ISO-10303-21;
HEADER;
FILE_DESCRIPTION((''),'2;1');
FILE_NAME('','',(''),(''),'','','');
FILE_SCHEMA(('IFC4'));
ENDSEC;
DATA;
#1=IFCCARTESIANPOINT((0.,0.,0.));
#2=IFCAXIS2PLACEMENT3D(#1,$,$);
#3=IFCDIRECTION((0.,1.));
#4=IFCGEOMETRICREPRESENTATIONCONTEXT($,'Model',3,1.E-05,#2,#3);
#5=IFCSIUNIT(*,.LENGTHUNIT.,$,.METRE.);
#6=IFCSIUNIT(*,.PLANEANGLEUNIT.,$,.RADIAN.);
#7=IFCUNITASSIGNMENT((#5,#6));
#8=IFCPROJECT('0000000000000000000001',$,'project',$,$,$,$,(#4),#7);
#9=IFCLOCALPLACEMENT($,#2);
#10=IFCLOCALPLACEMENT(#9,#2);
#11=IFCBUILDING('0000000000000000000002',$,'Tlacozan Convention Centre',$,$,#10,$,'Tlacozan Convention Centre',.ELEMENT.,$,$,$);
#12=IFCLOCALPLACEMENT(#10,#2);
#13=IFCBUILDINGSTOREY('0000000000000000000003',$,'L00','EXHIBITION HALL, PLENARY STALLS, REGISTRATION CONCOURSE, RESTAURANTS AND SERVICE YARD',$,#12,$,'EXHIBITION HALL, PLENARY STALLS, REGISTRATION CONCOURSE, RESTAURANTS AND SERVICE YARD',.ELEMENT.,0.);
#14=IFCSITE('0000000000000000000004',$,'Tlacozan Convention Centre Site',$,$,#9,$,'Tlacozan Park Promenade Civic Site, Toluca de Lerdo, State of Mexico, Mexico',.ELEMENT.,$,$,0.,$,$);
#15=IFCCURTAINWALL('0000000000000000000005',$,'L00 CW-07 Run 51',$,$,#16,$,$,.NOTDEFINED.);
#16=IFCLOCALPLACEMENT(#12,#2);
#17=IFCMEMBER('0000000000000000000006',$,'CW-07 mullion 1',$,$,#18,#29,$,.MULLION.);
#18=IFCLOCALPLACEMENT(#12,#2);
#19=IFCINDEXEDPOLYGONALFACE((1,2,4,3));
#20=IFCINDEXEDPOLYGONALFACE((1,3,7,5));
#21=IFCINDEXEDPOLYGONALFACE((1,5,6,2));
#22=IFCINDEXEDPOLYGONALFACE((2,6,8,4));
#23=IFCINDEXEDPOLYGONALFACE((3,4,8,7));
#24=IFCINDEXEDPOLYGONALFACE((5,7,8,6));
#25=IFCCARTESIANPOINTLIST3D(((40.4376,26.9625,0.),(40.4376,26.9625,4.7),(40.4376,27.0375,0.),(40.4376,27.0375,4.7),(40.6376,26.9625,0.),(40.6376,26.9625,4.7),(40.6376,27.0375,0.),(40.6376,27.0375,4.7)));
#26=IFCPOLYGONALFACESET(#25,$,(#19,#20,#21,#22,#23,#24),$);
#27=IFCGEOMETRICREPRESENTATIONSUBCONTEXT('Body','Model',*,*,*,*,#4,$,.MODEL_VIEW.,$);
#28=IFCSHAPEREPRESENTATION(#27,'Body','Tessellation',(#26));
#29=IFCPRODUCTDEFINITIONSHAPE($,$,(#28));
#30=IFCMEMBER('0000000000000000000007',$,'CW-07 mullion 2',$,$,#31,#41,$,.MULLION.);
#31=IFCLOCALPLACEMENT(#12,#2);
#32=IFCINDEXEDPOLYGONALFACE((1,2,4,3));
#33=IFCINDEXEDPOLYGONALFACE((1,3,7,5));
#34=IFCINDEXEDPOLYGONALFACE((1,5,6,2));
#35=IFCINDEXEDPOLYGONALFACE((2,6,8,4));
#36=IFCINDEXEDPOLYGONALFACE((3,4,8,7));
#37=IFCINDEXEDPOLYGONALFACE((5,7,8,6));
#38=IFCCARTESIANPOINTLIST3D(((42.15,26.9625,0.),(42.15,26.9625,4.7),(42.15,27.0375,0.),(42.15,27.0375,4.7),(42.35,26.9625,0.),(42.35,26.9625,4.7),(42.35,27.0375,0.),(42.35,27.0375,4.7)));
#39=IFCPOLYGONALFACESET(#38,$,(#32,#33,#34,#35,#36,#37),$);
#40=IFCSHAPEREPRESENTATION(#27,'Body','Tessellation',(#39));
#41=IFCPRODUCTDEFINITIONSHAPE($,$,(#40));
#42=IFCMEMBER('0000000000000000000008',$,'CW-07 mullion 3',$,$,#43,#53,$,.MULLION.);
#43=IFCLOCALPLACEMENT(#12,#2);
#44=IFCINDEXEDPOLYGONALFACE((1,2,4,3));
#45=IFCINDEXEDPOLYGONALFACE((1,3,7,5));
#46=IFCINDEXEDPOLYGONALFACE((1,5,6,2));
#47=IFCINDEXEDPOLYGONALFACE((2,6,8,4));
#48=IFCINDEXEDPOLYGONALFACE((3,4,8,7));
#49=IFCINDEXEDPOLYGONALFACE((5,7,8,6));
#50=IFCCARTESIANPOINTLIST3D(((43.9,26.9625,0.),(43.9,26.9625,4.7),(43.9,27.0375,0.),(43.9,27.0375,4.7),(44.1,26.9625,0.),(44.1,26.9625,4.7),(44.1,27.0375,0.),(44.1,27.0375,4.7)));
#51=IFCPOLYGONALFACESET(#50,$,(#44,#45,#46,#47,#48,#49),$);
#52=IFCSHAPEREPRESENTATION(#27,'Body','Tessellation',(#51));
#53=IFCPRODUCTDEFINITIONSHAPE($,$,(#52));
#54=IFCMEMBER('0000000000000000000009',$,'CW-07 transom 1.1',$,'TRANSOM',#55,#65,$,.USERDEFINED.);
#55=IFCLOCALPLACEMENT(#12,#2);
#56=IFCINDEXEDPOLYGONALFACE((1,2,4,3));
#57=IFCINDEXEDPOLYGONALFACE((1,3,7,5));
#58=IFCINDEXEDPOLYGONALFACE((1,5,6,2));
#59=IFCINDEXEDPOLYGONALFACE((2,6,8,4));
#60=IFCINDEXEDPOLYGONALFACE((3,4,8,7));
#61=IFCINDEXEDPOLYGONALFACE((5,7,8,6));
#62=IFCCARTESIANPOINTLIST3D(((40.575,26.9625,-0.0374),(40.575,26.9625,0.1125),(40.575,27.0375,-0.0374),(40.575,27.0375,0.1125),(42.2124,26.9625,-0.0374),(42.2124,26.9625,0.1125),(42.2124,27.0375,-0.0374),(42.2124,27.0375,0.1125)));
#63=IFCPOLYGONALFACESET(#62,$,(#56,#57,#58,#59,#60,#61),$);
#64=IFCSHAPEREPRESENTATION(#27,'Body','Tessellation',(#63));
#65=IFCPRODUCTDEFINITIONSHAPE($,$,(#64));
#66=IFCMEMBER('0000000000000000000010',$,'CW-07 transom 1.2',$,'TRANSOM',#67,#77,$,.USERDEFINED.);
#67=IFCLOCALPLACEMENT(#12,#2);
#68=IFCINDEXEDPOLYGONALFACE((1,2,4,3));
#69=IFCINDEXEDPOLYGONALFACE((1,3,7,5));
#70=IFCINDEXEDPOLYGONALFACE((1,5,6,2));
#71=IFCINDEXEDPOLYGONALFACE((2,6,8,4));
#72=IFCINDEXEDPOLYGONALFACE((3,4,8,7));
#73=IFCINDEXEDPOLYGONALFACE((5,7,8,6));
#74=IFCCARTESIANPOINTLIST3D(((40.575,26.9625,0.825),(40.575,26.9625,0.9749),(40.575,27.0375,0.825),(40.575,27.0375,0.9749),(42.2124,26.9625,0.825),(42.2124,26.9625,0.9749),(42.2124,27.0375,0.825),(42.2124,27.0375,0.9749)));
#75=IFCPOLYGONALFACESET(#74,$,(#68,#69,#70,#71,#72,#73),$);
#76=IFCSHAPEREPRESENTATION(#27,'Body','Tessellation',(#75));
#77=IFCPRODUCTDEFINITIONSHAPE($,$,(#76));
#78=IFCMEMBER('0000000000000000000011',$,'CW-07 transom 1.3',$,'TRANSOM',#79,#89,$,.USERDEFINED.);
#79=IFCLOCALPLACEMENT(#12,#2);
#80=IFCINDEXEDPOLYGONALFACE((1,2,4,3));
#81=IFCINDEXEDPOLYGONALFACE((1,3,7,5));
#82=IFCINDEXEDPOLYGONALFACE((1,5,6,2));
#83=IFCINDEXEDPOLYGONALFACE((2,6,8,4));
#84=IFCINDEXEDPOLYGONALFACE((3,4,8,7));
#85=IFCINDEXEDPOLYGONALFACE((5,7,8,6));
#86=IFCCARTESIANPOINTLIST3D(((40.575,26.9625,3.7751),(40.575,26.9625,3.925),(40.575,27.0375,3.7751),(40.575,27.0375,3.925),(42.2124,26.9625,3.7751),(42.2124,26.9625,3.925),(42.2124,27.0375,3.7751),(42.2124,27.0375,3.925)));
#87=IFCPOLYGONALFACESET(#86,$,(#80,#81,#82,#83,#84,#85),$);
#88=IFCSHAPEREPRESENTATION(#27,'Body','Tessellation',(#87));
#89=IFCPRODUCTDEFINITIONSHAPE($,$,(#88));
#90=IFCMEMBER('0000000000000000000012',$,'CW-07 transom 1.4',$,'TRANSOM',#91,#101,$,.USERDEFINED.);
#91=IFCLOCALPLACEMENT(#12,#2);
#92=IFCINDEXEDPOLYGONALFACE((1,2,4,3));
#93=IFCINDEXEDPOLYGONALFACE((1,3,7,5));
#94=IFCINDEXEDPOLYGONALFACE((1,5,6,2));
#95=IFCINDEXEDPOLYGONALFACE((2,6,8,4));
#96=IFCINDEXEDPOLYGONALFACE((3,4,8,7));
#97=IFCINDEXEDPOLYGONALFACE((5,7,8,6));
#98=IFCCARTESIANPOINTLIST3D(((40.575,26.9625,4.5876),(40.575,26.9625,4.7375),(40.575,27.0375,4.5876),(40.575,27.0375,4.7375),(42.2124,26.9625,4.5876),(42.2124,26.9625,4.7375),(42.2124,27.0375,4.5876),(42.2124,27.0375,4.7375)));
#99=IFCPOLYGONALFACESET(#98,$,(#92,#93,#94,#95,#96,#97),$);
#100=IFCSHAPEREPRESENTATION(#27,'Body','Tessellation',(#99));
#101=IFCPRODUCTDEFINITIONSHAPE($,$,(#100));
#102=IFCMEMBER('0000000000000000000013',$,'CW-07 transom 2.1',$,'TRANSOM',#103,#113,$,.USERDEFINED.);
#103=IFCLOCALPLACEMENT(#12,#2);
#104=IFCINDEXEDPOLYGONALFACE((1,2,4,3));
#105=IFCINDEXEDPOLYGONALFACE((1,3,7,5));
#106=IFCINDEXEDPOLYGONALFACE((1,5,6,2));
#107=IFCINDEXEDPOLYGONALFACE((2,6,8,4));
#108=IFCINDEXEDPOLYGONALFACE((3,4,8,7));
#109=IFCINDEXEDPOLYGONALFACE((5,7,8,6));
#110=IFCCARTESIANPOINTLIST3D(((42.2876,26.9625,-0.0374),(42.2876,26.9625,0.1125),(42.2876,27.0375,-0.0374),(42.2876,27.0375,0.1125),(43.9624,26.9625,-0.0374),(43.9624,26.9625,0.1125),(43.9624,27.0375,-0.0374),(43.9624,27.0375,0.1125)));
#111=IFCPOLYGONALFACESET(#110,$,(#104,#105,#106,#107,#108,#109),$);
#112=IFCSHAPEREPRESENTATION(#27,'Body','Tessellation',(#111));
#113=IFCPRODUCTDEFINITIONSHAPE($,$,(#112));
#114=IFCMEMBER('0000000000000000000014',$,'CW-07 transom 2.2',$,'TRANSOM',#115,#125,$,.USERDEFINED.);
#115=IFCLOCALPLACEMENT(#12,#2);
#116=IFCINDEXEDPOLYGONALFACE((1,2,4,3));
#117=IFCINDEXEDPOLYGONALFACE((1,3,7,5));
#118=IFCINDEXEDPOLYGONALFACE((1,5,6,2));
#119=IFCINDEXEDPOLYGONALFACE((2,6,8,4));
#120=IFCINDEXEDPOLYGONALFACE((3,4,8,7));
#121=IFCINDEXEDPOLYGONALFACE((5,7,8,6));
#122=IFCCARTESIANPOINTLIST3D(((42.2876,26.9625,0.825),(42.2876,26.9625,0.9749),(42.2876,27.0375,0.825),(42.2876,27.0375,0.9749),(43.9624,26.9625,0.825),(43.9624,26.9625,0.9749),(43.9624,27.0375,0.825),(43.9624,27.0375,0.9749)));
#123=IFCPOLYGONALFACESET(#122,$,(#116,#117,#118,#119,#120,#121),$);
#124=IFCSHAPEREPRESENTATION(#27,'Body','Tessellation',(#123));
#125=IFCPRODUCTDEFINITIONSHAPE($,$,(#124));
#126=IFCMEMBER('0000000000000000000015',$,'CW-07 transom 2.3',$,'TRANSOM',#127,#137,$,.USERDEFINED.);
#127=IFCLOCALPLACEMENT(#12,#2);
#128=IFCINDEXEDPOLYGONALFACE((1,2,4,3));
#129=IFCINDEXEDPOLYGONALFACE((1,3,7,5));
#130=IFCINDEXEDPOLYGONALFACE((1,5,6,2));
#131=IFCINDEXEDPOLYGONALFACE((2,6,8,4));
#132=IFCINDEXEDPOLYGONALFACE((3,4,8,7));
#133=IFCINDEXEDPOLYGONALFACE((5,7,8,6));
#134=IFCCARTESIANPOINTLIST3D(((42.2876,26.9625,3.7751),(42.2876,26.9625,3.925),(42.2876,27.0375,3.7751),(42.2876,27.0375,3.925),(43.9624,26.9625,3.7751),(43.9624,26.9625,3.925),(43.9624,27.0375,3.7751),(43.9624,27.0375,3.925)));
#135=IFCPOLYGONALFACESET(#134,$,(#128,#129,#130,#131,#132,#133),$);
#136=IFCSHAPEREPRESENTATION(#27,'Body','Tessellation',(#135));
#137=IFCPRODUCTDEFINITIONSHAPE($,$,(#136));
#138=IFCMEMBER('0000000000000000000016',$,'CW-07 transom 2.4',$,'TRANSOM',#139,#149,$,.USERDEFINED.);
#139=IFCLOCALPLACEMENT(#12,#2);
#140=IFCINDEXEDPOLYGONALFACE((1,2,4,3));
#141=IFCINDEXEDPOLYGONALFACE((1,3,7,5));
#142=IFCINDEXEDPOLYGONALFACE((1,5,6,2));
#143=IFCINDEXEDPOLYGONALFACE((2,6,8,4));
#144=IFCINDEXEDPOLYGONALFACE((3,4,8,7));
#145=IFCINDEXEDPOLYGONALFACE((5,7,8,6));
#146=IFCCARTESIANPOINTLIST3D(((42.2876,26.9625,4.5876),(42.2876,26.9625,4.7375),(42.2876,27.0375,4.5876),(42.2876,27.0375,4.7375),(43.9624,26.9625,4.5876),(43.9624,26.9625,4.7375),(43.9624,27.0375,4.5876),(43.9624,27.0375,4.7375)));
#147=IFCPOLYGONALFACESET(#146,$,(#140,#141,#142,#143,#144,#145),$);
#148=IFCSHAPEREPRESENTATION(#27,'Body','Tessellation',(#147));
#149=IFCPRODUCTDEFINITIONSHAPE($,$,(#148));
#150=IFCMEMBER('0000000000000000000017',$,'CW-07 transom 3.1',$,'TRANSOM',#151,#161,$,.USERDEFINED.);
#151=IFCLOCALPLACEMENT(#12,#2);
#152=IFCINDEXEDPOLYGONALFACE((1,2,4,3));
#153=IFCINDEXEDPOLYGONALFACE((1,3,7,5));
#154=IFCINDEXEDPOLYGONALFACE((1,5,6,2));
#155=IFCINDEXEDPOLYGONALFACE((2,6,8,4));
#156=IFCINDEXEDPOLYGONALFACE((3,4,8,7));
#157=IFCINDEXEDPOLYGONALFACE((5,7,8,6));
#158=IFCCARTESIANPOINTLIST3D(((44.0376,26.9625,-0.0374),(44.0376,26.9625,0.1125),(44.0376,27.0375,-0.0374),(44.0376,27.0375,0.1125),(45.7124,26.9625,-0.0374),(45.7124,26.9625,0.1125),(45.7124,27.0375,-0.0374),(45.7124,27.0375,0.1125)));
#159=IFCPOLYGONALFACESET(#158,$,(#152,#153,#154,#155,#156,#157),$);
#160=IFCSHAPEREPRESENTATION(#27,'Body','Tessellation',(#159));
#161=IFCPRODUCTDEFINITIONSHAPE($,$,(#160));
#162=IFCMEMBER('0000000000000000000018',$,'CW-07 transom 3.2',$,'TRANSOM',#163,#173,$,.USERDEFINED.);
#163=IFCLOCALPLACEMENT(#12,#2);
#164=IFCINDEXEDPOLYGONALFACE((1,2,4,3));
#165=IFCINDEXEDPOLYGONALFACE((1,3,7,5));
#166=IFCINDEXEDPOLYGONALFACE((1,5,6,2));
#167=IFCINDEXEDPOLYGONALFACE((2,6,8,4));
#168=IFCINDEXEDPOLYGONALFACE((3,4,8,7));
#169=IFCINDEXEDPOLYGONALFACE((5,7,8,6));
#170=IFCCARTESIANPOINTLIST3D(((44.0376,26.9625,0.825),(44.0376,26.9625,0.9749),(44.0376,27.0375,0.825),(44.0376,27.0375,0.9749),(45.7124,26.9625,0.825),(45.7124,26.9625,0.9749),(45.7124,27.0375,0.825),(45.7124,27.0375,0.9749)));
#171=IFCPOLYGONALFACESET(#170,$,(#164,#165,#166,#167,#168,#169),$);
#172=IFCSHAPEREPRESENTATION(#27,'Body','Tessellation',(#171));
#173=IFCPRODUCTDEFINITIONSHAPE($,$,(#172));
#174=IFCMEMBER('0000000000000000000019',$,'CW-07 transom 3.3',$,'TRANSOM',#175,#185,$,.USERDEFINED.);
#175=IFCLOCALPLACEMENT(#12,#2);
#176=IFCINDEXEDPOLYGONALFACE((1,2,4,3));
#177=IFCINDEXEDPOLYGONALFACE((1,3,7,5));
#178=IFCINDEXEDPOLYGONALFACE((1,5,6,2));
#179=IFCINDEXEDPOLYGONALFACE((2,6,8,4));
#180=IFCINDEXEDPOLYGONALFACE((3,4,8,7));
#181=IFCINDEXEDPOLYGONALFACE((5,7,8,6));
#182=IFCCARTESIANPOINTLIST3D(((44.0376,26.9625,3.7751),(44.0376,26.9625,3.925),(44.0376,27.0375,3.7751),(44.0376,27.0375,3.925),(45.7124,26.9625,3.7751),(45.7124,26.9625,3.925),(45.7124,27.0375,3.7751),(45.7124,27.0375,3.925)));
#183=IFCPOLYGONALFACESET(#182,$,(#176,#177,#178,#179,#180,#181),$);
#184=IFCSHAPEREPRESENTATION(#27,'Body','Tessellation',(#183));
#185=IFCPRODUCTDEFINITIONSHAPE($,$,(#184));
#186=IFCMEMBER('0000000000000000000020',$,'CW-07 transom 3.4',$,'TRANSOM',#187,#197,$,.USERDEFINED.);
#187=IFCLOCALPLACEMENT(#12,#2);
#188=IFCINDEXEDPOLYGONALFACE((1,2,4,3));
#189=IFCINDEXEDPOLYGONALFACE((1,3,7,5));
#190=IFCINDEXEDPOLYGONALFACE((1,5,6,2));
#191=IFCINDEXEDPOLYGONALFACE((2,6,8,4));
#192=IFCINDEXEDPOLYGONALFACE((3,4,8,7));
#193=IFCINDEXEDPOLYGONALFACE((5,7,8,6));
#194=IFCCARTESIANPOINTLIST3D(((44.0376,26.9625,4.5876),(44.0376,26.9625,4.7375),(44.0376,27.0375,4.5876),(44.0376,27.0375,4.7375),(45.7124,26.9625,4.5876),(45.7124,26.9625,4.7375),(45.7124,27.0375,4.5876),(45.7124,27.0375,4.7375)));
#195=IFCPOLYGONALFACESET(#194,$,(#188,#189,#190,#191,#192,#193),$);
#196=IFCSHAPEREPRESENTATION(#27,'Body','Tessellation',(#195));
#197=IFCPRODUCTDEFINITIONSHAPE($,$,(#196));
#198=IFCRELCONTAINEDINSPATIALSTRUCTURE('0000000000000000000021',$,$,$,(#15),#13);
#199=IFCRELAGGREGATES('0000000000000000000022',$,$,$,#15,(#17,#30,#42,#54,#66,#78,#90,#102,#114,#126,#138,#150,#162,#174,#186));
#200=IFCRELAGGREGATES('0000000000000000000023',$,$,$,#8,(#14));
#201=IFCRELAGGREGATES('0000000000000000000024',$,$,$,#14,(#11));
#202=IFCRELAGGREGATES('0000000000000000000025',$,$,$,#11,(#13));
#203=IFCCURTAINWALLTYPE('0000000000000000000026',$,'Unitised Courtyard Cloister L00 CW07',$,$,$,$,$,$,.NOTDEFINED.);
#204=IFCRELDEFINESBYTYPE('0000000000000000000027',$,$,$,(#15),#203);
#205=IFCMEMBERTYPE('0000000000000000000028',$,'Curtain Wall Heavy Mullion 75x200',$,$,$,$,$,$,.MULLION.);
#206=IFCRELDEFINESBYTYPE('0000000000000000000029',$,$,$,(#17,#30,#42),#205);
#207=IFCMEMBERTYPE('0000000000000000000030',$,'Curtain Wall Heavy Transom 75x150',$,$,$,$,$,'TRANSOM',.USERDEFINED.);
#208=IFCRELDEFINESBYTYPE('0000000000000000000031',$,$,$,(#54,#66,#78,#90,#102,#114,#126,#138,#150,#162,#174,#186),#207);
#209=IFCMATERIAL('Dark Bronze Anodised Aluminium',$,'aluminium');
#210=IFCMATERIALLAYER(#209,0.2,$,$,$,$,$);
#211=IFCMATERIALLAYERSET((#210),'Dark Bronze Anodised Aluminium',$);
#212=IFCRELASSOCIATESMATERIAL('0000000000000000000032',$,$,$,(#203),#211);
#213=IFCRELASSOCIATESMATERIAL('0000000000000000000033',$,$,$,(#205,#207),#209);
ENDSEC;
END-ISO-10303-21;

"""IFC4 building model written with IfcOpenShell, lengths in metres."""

from ifc_helpers import new_model, si_unit, direction, frame, origin, origin_2d, place, context, subcontext, project, spatial, rectangle, extrude, material, layer, layer_set, material_profile, profile_set, type_object, element, aggregate, save


model = new_model("IFC4")

# Units and contexts
model_context = context("Model", 3, precision=1e-05, world=origin(), true_north=direction((0.0, 1.0)))
body_context = subcontext(model_context, "Body", "Model", "MODEL_VIEW")
ifc_project = project(units=[si_unit("LENGTHUNIT", "METRE"), si_unit("PLANEANGLEUNIT", "RADIAN")], contexts=[model_context])

# Site, building, storey
site_placement = place(None, origin())
site = spatial("IfcSite", under=ifc_project, at=site_placement, Name="Tlacozan Convention Centre Site", LongName="Tlacozan Park Promenade Civic Site, Toluca de Lerdo, State of Mexico, Mexico", CompositionType="ELEMENT", RefElevation=0.0)
building_placement = place(site_placement, origin())
building = spatial("IfcBuilding", under=site, at=building_placement, Name="Tlacozan Convention Centre", LongName="Tlacozan Convention Centre", CompositionType="ELEMENT")
storey_placement = place(building_placement, origin())
storey = spatial("IfcBuildingStorey", under=building, at=storey_placement, Name="L00", Description="EXHIBITION HALL, PLENARY STALLS, REGISTRATION CONCOURSE, RESTAURANTS AND SERVICE YARD", LongName="EXHIBITION HALL, PLENARY STALLS, REGISTRATION CONCOURSE, RESTAURANTS AND SERVICE YARD", CompositionType="ELEMENT", Elevation=0.0)

# Curtain wall, members
ifc_material_1 = material(Name="Dark Bronze Anodised Aluminium", Category="aluminium")
ifc_layer_1 = layer(ifc_material_1, 0.2)
ifc_layer_set_1 = layer_set([ifc_layer_1], Name="Dark Bronze Anodised Aluminium")
curtain_wall_type = type_object("IfcCurtainWallType", Name="Unitised Courtyard Cloister L00 CW07", PredefinedType="NOTDEFINED", material=ifc_layer_set_1)
curtain_wall_placement = place(storey_placement, origin())
curtain_wall = element("IfcCurtainWall", 1, at=curtain_wall_placement, inside=storey, type_object=curtain_wall_type, Name="L00 CW-07 Run 51", PredefinedType="NOTDEFINED")
ifc_material_profile_1 = material_profile(ifc_material_1, rectangle(XDim=0.075, YDim=0.2, at=origin_2d()), Name="ALU 75x200")
ifc_profile_set_1 = profile_set([ifc_material_profile_1], Name="Dark Bronze Anodised Aluminium")
member_type_1 = type_object("IfcMemberType", Name="Curtain Wall Heavy Mullion 75x200", PredefinedType="MULLION", material=ifc_profile_set_1)
member_1_placement = place(storey_placement, frame((40.5376, 27.0, 0.0), z_axis=(0.0, 0.0, 1.0), x_axis=(0.0, 1.0, 0.0)))
member_1 = element("IfcMember", 2, at=member_1_placement, type_object=member_type_1, Name="CW-07 mullion 1", PredefinedType="MULLION", context=body_context, shape_type="SweptSolid", body=[
    extrude(rectangle(XDim=0.075, YDim=0.2, at=origin_2d()), origin(), (0.0, 0.0, 1.0), 4.7),
])
member_2_placement = place(storey_placement, frame((42.25, 27.0, 0.0), z_axis=(0.0, 0.0, 1.0), x_axis=(0.0, 1.0, 0.0)))
member_2 = element("IfcMember", 3, at=member_2_placement, type_object=member_type_1, Name="CW-07 mullion 2", PredefinedType="MULLION", context=body_context, shape_type="SweptSolid", body=[
    extrude(rectangle(XDim=0.075, YDim=0.2, at=origin_2d()), origin(), (0.0, 0.0, 1.0), 4.7),
])
member_3_placement = place(storey_placement, frame((44.0, 27.0, 0.0), z_axis=(0.0, 0.0, 1.0), x_axis=(0.0, 1.0, 0.0)))
member_3 = element("IfcMember", 4, at=member_3_placement, type_object=member_type_1, Name="CW-07 mullion 3", PredefinedType="MULLION", context=body_context, shape_type="SweptSolid", body=[
    extrude(rectangle(XDim=0.075, YDim=0.2, at=origin_2d()), origin(), (0.0, 0.0, 1.0), 4.7),
])
ifc_material_profile_2 = material_profile(ifc_material_1, rectangle(XDim=0.075, YDim=0.1499, at=origin_2d()), Name="ALU 75x150")
ifc_profile_set_2 = profile_set([ifc_material_profile_2], Name="Dark Bronze Anodised Aluminium")
member_type_2 = type_object("IfcMemberType", Name="Curtain Wall Heavy Transom 75x150", ElementType="TRANSOM", PredefinedType="USERDEFINED", material=ifc_profile_set_2)
member_4_placement = place(storey_placement, frame((40.575, 27.0, 0.0376), z_axis=(1.0, 0.0, 0.0), x_axis=(0.0, 1.0, 0.0)))
member_4 = element("IfcMember", 5, at=member_4_placement, type_object=member_type_2, Name="CW-07 transom 1.1", ObjectType="TRANSOM", PredefinedType="USERDEFINED", context=body_context, shape_type="SweptSolid", body=[
    extrude(rectangle(XDim=0.075, YDim=0.1499, at=origin_2d()), origin(), (0.0, 0.0, 1.0), 1.6375),
])
member_5_placement = place(storey_placement, frame((40.575, 27.0, 0.8999), z_axis=(1.0, 0.0, 0.0), x_axis=(0.0, 1.0, 0.0)))
member_5 = element("IfcMember", 6, at=member_5_placement, type_object=member_type_2, Name="CW-07 transom 1.2", ObjectType="TRANSOM", PredefinedType="USERDEFINED", context=body_context, shape_type="SweptSolid", body=[
    extrude(rectangle(XDim=0.075, YDim=0.1499, at=origin_2d()), origin(), (0.0, 0.0, 1.0), 1.6375),
])
member_6_placement = place(storey_placement, frame((40.575, 27.0, 3.8501), z_axis=(1.0, 0.0, 0.0), x_axis=(0.0, 1.0, 0.0)))
member_6 = element("IfcMember", 7, at=member_6_placement, type_object=member_type_2, Name="CW-07 transom 1.3", ObjectType="TRANSOM", PredefinedType="USERDEFINED", context=body_context, shape_type="SweptSolid", body=[
    extrude(rectangle(XDim=0.075, YDim=0.1499, at=origin_2d()), origin(), (0.0, 0.0, 1.0), 1.6375),
])
member_7_placement = place(storey_placement, frame((40.575, 27.0, 4.6626), z_axis=(1.0, 0.0, 0.0), x_axis=(0.0, 1.0, 0.0)))
member_7 = element("IfcMember", 8, at=member_7_placement, type_object=member_type_2, Name="CW-07 transom 1.4", ObjectType="TRANSOM", PredefinedType="USERDEFINED", context=body_context, shape_type="SweptSolid", body=[
    extrude(rectangle(XDim=0.075, YDim=0.1499, at=origin_2d()), origin(), (0.0, 0.0, 1.0), 1.6375),
])
member_8_placement = place(storey_placement, frame((42.2876, 27.0, 0.0376), z_axis=(1.0, 0.0, 0.0), x_axis=(0.0, 1.0, 0.0)))
member_8 = element("IfcMember", 9, at=member_8_placement, type_object=member_type_2, Name="CW-07 transom 2.1", ObjectType="TRANSOM", PredefinedType="USERDEFINED", context=body_context, shape_type="SweptSolid", body=[
    extrude(rectangle(XDim=0.075, YDim=0.1499, at=origin_2d()), origin(), (0.0, 0.0, 1.0), 1.6748),
])
member_9_placement = place(storey_placement, frame((42.2876, 27.0, 0.8999), z_axis=(1.0, 0.0, 0.0), x_axis=(0.0, 1.0, 0.0)))
member_9 = element("IfcMember", 10, at=member_9_placement, type_object=member_type_2, Name="CW-07 transom 2.2", ObjectType="TRANSOM", PredefinedType="USERDEFINED", context=body_context, shape_type="SweptSolid", body=[
    extrude(rectangle(XDim=0.075, YDim=0.1499, at=origin_2d()), origin(), (0.0, 0.0, 1.0), 1.6748),
])
member_10_placement = place(storey_placement, frame((42.2876, 27.0, 3.8501), z_axis=(1.0, 0.0, 0.0), x_axis=(0.0, 1.0, 0.0)))
member_10 = element("IfcMember", 11, at=member_10_placement, type_object=member_type_2, Name="CW-07 transom 2.3", ObjectType="TRANSOM", PredefinedType="USERDEFINED", context=body_context, shape_type="SweptSolid", body=[
    extrude(rectangle(XDim=0.075, YDim=0.1499, at=origin_2d()), origin(), (0.0, 0.0, 1.0), 1.6748),
])
member_11_placement = place(storey_placement, frame((42.2876, 27.0, 4.6626), z_axis=(1.0, 0.0, 0.0), x_axis=(0.0, 1.0, 0.0)))
member_11 = element("IfcMember", 12, at=member_11_placement, type_object=member_type_2, Name="CW-07 transom 2.4", ObjectType="TRANSOM", PredefinedType="USERDEFINED", context=body_context, shape_type="SweptSolid", body=[
    extrude(rectangle(XDim=0.075, YDim=0.1499, at=origin_2d()), origin(), (0.0, 0.0, 1.0), 1.6748),
])
member_12_placement = place(storey_placement, frame((44.0376, 27.0, 0.0376), z_axis=(1.0, 0.0, 0.0), x_axis=(0.0, 1.0, 0.0)))
member_12 = element("IfcMember", 13, at=member_12_placement, type_object=member_type_2, Name="CW-07 transom 3.1", ObjectType="TRANSOM", PredefinedType="USERDEFINED", context=body_context, shape_type="SweptSolid", body=[
    extrude(rectangle(XDim=0.075, YDim=0.1499, at=origin_2d()), origin(), (0.0, 0.0, 1.0), 1.6748),
])
member_13_placement = place(storey_placement, frame((44.0376, 27.0, 0.8999), z_axis=(1.0, 0.0, 0.0), x_axis=(0.0, 1.0, 0.0)))
member_13 = element("IfcMember", 14, at=member_13_placement, type_object=member_type_2, Name="CW-07 transom 3.2", ObjectType="TRANSOM", PredefinedType="USERDEFINED", context=body_context, shape_type="SweptSolid", body=[
    extrude(rectangle(XDim=0.075, YDim=0.1499, at=origin_2d()), origin(), (0.0, 0.0, 1.0), 1.6748),
])
member_14_placement = place(storey_placement, frame((44.0376, 27.0, 3.8501), z_axis=(1.0, 0.0, 0.0), x_axis=(0.0, 1.0, 0.0)))
member_14 = element("IfcMember", 15, at=member_14_placement, type_object=member_type_2, Name="CW-07 transom 3.3", ObjectType="TRANSOM", PredefinedType="USERDEFINED", context=body_context, shape_type="SweptSolid", body=[
    extrude(rectangle(XDim=0.075, YDim=0.1499, at=origin_2d()), origin(), (0.0, 0.0, 1.0), 1.6748),
])
member_15_placement = place(storey_placement, frame((44.0376, 27.0, 4.6626), z_axis=(1.0, 0.0, 0.0), x_axis=(0.0, 1.0, 0.0)))
member_15 = element("IfcMember", 16, at=member_15_placement, type_object=member_type_2, Name="CW-07 transom 3.4", ObjectType="TRANSOM", PredefinedType="USERDEFINED", context=body_context, shape_type="SweptSolid", body=[
    extrude(rectangle(XDim=0.075, YDim=0.1499, at=origin_2d()), origin(), (0.0, 0.0, 1.0), 1.6748),
])
aggregate(curtain_wall, [member_1, member_2, member_3, member_4, member_5, member_6, member_7, member_8, member_9, member_10, member_11, member_12, member_13, member_14, member_15])

save(model, "model.ifc")
